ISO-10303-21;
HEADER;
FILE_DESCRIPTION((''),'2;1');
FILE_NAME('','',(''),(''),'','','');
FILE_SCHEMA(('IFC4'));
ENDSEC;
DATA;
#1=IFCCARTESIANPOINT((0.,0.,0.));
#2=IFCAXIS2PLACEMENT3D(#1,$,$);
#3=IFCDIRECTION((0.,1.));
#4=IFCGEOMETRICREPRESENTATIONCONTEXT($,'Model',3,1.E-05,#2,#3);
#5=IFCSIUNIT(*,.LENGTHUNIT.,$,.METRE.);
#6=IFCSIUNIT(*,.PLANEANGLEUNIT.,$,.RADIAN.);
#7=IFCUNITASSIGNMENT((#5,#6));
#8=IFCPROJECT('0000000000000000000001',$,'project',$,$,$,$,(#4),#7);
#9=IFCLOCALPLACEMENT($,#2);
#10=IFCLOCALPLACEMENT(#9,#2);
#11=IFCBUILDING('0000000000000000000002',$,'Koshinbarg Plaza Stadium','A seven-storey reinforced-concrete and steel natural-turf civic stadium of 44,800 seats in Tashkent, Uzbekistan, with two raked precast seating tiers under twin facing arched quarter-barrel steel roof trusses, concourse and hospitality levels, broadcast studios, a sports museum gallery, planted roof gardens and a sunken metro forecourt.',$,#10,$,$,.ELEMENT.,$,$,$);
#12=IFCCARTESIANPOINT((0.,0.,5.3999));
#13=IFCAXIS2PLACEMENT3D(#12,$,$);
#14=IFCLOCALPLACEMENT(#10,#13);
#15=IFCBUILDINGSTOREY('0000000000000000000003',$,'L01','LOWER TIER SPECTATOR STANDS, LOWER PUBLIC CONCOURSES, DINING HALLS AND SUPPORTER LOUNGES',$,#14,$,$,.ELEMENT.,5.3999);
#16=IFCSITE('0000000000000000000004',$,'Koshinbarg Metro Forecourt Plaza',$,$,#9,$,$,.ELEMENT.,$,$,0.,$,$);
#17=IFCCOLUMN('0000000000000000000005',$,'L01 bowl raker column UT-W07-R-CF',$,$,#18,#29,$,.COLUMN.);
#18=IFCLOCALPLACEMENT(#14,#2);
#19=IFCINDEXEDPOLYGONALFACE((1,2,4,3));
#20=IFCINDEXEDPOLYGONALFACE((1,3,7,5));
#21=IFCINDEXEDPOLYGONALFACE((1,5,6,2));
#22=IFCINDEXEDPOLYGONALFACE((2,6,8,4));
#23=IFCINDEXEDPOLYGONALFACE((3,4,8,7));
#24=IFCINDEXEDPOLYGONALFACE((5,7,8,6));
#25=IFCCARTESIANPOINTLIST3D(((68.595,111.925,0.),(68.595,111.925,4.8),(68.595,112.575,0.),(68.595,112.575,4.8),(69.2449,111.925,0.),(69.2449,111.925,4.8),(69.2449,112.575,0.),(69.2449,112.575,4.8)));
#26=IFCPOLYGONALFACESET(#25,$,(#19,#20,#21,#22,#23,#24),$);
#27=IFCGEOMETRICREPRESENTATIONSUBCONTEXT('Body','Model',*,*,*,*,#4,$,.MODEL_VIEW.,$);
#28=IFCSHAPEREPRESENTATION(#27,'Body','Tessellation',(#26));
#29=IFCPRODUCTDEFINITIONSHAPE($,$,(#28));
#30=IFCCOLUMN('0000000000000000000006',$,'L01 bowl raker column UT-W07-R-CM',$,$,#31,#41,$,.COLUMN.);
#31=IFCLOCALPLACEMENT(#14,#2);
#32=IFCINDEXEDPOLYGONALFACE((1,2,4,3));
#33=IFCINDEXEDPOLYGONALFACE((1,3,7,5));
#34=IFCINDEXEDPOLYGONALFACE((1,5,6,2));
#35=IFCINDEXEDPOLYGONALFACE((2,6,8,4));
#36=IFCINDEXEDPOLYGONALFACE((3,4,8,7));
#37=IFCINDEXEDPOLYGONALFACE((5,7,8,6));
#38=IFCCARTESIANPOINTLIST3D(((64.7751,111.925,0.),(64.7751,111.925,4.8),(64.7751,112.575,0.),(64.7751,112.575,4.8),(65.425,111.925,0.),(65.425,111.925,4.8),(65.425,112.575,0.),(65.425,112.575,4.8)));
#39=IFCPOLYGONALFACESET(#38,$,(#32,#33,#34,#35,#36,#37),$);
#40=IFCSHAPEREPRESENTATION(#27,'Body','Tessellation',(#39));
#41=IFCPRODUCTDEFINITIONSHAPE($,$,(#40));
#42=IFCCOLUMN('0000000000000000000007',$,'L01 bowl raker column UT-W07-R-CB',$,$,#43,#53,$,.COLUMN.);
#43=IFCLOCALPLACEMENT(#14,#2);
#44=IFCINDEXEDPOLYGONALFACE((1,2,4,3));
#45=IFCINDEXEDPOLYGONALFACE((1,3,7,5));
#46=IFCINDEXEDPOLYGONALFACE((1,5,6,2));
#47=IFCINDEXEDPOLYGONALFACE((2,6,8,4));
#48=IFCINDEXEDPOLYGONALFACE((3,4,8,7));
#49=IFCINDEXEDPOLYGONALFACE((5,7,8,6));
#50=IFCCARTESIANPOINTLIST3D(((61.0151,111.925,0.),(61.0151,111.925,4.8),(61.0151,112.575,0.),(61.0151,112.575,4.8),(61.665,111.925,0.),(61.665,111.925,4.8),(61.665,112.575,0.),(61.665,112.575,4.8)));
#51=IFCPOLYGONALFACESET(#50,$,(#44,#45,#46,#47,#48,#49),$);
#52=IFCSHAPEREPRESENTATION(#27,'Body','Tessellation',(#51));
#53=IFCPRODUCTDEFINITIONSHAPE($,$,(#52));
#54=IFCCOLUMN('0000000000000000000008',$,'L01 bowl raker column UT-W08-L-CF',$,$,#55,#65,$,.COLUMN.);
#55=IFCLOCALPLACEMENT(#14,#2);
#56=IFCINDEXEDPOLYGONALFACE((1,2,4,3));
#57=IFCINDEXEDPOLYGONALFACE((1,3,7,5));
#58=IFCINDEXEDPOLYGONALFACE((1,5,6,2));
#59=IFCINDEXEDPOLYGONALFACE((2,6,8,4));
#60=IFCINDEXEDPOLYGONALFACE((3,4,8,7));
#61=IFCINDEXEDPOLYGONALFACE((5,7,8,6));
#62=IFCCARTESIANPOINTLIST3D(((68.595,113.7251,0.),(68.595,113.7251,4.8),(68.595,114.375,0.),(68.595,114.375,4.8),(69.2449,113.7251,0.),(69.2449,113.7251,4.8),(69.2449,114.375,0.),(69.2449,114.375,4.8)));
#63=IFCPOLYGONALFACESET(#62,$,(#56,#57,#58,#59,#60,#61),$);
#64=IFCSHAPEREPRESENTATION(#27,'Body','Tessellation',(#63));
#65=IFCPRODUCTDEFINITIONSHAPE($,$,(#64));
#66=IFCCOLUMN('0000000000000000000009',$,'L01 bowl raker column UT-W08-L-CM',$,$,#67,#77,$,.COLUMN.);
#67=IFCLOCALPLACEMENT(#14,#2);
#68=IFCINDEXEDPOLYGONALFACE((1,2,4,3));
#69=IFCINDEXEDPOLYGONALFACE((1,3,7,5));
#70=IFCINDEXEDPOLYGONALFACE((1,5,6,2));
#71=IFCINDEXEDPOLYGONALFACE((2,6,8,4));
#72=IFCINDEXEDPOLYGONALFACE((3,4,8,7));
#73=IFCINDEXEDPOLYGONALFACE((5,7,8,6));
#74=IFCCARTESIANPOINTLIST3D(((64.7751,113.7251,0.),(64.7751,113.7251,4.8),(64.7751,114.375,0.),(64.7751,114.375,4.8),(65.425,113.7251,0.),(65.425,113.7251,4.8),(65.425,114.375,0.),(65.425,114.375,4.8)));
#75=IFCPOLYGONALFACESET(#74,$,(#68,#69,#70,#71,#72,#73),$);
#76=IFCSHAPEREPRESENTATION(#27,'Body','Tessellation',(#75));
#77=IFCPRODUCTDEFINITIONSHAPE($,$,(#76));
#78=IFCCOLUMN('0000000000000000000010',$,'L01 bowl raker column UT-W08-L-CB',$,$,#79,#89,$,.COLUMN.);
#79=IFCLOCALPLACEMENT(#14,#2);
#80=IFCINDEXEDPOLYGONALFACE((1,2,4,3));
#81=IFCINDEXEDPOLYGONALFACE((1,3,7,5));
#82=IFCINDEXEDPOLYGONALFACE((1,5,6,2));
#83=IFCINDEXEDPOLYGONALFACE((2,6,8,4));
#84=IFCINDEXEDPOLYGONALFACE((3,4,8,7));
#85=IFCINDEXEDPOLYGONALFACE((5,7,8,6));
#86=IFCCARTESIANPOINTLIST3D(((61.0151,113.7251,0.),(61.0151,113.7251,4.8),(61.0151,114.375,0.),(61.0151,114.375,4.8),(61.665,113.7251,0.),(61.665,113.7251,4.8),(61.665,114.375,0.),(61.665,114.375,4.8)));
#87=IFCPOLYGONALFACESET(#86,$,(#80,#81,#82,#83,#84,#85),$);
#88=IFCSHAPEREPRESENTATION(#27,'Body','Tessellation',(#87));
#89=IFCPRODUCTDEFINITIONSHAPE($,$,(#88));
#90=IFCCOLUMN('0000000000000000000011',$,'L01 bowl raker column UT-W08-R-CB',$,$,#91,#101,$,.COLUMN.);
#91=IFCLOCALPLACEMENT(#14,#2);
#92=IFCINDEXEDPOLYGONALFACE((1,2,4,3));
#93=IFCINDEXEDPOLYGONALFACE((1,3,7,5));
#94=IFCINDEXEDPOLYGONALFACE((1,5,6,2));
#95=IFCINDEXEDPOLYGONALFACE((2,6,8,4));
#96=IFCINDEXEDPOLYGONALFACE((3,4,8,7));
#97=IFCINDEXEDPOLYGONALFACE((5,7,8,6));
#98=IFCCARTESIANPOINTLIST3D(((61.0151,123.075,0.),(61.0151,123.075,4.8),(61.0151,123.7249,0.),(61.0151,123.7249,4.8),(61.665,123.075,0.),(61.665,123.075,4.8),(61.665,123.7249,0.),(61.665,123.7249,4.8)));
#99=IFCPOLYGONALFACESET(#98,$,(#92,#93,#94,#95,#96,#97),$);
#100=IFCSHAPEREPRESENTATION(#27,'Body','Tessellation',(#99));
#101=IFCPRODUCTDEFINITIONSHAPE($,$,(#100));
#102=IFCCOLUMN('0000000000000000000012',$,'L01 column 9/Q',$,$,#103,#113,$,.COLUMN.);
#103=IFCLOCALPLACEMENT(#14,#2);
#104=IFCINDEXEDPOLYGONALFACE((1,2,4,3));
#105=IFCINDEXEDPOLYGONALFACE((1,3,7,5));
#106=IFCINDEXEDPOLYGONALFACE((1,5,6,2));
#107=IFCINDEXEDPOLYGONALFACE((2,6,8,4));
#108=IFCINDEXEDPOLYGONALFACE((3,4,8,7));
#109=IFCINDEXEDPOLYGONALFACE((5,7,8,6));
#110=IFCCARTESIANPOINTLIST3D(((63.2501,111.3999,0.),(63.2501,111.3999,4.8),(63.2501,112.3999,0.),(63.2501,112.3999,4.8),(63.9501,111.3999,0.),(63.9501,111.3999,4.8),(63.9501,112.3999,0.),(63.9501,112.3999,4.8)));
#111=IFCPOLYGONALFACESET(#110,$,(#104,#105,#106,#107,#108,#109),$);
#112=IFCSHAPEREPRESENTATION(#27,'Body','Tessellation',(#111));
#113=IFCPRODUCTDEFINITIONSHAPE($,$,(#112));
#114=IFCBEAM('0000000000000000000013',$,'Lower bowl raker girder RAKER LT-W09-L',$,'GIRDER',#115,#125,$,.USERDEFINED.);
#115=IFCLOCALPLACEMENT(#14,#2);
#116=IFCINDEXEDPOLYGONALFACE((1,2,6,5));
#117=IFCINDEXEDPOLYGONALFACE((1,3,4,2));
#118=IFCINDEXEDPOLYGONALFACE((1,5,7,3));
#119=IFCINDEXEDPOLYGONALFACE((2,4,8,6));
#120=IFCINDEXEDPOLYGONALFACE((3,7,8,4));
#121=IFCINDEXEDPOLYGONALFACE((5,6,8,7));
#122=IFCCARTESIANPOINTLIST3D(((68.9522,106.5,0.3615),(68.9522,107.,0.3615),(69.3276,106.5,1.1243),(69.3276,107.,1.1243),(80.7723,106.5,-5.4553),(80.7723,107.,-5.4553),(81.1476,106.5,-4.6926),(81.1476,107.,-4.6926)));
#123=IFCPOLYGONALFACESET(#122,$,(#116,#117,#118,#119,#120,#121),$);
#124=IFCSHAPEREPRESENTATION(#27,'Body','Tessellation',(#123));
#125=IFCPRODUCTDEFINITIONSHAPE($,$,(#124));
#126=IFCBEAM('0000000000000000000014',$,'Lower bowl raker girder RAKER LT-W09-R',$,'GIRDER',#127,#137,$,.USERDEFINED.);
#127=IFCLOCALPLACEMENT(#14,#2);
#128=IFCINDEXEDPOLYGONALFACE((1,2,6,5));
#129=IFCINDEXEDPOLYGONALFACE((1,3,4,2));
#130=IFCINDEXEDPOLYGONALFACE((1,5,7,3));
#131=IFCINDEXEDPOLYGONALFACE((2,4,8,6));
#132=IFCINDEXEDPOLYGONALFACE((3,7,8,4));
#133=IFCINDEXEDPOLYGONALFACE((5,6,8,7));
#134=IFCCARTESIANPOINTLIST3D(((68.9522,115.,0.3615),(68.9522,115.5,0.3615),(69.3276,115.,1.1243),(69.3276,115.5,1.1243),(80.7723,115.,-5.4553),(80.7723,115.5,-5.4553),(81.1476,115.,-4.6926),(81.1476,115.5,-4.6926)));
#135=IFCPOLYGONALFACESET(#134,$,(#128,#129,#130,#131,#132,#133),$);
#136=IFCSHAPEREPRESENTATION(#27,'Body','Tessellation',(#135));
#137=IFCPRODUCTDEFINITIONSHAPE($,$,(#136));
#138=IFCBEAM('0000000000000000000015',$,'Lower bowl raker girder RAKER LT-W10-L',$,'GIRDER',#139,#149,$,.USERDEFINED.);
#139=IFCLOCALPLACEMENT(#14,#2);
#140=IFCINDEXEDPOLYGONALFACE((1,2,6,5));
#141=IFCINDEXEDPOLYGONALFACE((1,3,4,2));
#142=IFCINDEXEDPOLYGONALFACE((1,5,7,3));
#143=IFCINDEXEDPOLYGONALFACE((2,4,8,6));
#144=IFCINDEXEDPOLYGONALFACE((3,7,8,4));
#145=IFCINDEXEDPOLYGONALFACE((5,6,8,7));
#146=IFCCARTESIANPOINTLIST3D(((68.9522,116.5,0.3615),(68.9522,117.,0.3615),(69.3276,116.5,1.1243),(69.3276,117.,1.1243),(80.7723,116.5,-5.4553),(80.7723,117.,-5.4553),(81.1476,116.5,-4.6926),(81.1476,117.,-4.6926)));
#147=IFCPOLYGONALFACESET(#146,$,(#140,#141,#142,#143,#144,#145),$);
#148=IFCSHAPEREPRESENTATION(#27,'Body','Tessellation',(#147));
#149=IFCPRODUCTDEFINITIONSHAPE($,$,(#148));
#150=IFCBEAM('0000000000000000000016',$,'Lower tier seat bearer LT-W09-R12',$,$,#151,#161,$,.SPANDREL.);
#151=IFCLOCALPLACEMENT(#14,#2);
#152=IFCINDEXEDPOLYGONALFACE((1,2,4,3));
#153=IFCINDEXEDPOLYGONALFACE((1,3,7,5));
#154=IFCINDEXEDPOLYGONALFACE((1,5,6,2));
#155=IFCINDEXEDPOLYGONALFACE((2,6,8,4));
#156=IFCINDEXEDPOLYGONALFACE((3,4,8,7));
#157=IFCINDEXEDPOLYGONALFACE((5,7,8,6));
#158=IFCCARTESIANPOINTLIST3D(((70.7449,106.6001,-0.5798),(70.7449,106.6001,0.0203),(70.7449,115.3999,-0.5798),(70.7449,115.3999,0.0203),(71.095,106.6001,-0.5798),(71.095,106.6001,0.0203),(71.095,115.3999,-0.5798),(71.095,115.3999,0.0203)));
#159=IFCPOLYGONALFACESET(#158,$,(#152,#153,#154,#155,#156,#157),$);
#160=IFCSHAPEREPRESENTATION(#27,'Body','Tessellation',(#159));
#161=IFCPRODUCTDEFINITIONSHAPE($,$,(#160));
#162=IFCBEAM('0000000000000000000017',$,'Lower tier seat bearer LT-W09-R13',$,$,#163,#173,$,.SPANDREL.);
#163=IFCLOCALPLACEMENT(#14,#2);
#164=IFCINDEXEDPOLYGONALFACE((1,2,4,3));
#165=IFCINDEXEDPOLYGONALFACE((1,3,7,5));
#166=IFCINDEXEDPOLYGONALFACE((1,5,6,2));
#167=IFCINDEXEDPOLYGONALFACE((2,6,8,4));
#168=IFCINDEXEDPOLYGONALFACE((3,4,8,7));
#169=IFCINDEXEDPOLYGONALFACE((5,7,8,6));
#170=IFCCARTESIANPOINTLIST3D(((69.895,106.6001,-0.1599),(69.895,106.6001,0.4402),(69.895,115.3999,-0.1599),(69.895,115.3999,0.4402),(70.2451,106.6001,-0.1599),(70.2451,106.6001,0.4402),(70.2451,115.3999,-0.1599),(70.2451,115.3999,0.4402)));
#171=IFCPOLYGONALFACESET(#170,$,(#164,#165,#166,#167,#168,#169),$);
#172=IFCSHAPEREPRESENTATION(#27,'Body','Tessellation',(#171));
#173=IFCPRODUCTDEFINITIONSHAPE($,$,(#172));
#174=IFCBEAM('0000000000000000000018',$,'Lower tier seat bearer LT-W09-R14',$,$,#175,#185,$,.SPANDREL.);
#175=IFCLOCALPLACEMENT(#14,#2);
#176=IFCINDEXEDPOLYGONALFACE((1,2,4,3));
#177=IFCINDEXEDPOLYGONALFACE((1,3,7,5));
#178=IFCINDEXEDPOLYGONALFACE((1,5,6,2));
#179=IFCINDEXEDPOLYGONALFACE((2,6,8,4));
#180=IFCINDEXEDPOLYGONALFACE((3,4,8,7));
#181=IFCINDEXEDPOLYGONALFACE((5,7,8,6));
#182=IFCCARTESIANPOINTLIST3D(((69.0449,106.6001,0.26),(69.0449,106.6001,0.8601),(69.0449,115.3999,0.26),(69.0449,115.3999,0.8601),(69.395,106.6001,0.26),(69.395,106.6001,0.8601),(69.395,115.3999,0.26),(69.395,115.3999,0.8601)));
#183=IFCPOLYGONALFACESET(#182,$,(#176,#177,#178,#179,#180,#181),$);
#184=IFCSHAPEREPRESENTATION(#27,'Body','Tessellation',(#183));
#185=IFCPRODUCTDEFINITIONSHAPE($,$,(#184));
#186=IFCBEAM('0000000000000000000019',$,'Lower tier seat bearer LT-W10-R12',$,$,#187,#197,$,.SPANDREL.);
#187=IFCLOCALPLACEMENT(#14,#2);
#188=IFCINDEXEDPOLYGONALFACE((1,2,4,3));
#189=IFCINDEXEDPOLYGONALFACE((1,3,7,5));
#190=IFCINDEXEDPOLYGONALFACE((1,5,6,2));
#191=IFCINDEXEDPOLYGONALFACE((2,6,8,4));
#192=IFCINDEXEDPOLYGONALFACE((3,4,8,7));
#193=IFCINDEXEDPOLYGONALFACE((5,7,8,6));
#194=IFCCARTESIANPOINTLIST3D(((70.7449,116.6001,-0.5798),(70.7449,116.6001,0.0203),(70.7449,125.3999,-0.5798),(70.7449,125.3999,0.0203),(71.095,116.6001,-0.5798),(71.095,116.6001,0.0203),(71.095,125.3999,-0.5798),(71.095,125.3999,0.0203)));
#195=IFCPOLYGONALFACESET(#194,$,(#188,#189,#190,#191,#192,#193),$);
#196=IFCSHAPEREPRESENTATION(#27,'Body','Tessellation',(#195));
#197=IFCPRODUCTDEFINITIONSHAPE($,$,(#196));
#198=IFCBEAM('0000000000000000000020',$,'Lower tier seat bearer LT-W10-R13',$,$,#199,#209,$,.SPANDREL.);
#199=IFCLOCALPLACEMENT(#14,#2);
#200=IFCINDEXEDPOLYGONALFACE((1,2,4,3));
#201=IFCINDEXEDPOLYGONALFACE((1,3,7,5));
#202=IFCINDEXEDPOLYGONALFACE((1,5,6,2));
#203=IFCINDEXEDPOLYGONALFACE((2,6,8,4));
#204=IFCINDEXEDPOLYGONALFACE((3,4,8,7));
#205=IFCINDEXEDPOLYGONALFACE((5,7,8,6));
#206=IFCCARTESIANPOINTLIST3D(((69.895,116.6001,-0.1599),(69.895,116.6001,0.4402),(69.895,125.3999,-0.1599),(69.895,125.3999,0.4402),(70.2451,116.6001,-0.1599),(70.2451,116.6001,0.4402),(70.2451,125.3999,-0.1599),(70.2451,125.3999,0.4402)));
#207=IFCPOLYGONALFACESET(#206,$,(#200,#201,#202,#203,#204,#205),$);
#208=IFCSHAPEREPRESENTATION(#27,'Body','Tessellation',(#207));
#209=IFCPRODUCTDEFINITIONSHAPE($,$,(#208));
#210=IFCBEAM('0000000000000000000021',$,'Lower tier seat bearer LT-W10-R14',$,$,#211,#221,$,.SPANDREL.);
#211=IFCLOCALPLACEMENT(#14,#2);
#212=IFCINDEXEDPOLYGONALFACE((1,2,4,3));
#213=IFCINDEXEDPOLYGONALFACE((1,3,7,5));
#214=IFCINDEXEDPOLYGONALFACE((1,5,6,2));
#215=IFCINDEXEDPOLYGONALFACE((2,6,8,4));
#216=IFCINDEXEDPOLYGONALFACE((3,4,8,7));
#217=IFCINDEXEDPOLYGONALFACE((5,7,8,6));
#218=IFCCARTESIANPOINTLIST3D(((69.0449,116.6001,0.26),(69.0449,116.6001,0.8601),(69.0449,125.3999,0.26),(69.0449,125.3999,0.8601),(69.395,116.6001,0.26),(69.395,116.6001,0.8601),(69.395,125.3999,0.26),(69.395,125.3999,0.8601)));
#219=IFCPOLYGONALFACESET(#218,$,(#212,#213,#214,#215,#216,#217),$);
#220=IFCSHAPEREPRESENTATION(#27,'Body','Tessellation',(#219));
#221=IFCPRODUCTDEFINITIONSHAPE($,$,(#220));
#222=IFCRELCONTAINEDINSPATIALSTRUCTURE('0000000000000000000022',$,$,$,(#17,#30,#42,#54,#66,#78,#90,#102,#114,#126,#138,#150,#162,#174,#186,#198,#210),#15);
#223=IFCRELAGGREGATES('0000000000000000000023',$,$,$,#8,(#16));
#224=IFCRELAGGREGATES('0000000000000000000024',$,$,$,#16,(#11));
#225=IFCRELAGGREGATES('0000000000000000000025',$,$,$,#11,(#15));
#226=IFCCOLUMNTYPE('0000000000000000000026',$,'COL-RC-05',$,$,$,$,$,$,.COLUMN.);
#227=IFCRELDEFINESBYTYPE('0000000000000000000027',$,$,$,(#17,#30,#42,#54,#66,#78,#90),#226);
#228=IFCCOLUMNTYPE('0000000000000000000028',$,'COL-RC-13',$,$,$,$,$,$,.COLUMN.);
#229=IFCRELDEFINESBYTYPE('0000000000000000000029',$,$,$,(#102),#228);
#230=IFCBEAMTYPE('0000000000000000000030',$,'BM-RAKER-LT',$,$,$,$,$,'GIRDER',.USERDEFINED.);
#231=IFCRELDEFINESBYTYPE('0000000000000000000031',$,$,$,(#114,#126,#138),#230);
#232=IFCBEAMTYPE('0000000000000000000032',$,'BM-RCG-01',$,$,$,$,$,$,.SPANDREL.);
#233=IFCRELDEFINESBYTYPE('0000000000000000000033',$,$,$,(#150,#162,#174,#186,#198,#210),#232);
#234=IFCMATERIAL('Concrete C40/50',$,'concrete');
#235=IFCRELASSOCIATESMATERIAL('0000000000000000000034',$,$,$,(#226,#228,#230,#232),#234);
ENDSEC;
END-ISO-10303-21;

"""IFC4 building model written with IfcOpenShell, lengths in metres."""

from ifc_helpers import new_model, si_unit, direction, frame, origin, origin_2d, place, context, subcontext, project, spatial, rectangle, extrude, material, material_profile, profile_set, type_object, element, save


model = new_model("IFC4")

# Units and contexts
model_context = context("Model", 3, precision=1e-05, world=origin(), true_north=direction((0.0, 1.0)))
body_context = subcontext(model_context, "Body", "Model", "MODEL_VIEW")
ifc_project = project(units=[si_unit("LENGTHUNIT", "METRE"), si_unit("PLANEANGLEUNIT", "RADIAN")], contexts=[model_context])

# Site, building, storey
site_placement = place(None, origin())
site = spatial("IfcSite", under=ifc_project, at=site_placement, Name="Koshinbarg Metro Forecourt Plaza", CompositionType="ELEMENT", RefElevation=0.0)
building_placement = place(site_placement, origin())
building = spatial("IfcBuilding", under=site, at=building_placement, Name="Koshinbarg Plaza Stadium", Description="A seven-storey reinforced-concrete and steel natural-turf civic stadium of 44,800 seats in Tashkent, Uzbekistan, with two raked precast seating tiers under twin facing arched quarter-barrel steel roof trusses, concourse and hospitality levels, broadcast studios, a sports museum gallery, planted roof gardens and a sunken metro forecourt.", CompositionType="ELEMENT")
storey_placement = place(building_placement, frame((0.0, 0.0, 5.3999)))
storey = spatial("IfcBuildingStorey", under=building, at=storey_placement, Name="L01", Description="LOWER TIER SPECTATOR STANDS, LOWER PUBLIC CONCOURSES, DINING HALLS AND SUPPORTER LOUNGES", CompositionType="ELEMENT", Elevation=5.3999)

# Columns
ifc_material_1 = material(Name="Concrete C40/50", Category="concrete")
ifc_material_profile_1 = material_profile(ifc_material_1, rectangle(XDim=0.6499, YDim=0.6499, at=origin_2d()), Name="RC 650x650")
ifc_profile_set_1 = profile_set([ifc_material_profile_1], Name="Concrete C40/50")
column_type_1 = type_object("IfcColumnType", Name="COL-RC-05", PredefinedType="COLUMN", material=ifc_profile_set_1)
for number, where, z_axis, x_axis, name in (
    (1, (68.9199, 112.25, 0.0), (0.0, 0.0, 1.0), (1.0, 0.0, 0.0), "L01 bowl raker column UT-W07-R-CF"),
    (2, (65.1001, 112.25, 0.0), (0.0, 0.0, 1.0), (1.0, 0.0, 0.0), "L01 bowl raker column UT-W07-R-CM"),
    (3, (61.3401, 112.25, 0.0), (0.0, 0.0, 1.0), (1.0, 0.0, 0.0), "L01 bowl raker column UT-W07-R-CB"),
    (4, (68.9199, 114.05, 0.0), (0.0, 0.0, 1.0), (1.0, 0.0, 0.0), "L01 bowl raker column UT-W08-L-CF"),
    (5, (65.1001, 114.05, 0.0), (0.0, 0.0, 1.0), (1.0, 0.0, 0.0), "L01 bowl raker column UT-W08-L-CM"),
    (6, (61.3401, 114.05, 0.0), (0.0, 0.0, 1.0), (1.0, 0.0, 0.0), "L01 bowl raker column UT-W08-L-CB"),
    (7, (61.3401, 123.3999, 0.0), (0.0, 0.0, 1.0), (1.0, 0.0, 0.0), "L01 bowl raker column UT-W08-R-CB"),
):
    element("IfcColumn", number, at=place(storey_placement, frame(where, z_axis=z_axis, x_axis=x_axis)), inside=storey, type_object=column_type_1, Name=name, PredefinedType="COLUMN", context=body_context, shape_type="SweptSolid", body=[
        extrude(rectangle(XDim=0.6499, YDim=0.6499, at=origin_2d()), origin(), (0.0, 0.0, 1.0), 4.8),
    ])
ifc_material_profile_2 = material_profile(ifc_material_1, rectangle(XDim=0.7, YDim=1.0, at=origin_2d()), Name="RC 700x1000")
ifc_profile_set_2 = profile_set([ifc_material_profile_2], Name="Concrete C40/50")
column_type_2 = type_object("IfcColumnType", Name="COL-RC-13", PredefinedType="COLUMN", material=ifc_profile_set_2)
column_placement = place(storey_placement, frame((63.6001, 111.8999, 0.0), z_axis=(0.0, 0.0, 1.0), x_axis=(1.0, 0.0, 0.0)))
element("IfcColumn", 8, at=column_placement, inside=storey, type_object=column_type_2, Name="L01 column 9/Q", PredefinedType="COLUMN", context=body_context, shape_type="SweptSolid", body=[
    extrude(rectangle(XDim=0.7, YDim=1.0, at=origin_2d()), origin(), (0.0, 0.0, 1.0), 4.8),
])

# Beams
ifc_material_profile_3 = material_profile(ifc_material_1, rectangle(XDim=0.5, YDim=0.8501, at=origin_2d()), Name="RC 500x850")
ifc_profile_set_3 = profile_set([ifc_material_profile_3], Name="Concrete C40/50")
beam_type_1 = type_object("IfcBeamType", Name="BM-RAKER-LT", ElementType="GIRDER", PredefinedType="USERDEFINED", material=ifc_profile_set_3)
for number, where, z_axis, x_axis, name in (
    (9, (80.96, 106.75, -5.074), (-0.897237, 0.0, 0.441549), (0.0, -1.0, 0.0), "Lower bowl raker girder RAKER LT-W09-L"),
    (10, (80.96, 115.25, -5.074), (-0.897237, 0.0, 0.441549), (0.0, -1.0, 0.0), "Lower bowl raker girder RAKER LT-W09-R"),
    (11, (80.96, 116.75, -5.074), (-0.897237, 0.0, 0.441549), (0.0, -1.0, 0.0), "Lower bowl raker girder RAKER LT-W10-L"),
):
    element("IfcBeam", number, at=place(storey_placement, frame(where, z_axis=z_axis, x_axis=x_axis)), inside=storey, type_object=beam_type_1, Name=name, ObjectType="GIRDER", PredefinedType="USERDEFINED", context=body_context, shape_type="SweptSolid", body=[
        extrude(rectangle(XDim=0.5, YDim=0.8501, at=origin_2d()), origin(), (0.0, 0.0, 1.0), 13.1738),
    ])
ifc_material_profile_4 = material_profile(ifc_material_1, rectangle(XDim=0.3501, YDim=0.6001, at=origin_2d()), Name="RC 350x600")
ifc_profile_set_4 = profile_set([ifc_material_profile_4], Name="Concrete C40/50")
beam_type_2 = type_object("IfcBeamType", Name="BM-RCG-01", PredefinedType="SPANDREL", material=ifc_profile_set_4)
for number, where, z_axis, x_axis, name in (
    (12, (70.9199, 106.6001, -0.2798), (0.0, 1.0, 0.0), (-1.0, 0.0, 0.0), "Lower tier seat bearer LT-W09-R12"),
    (13, (70.0701, 106.6001, 0.1401), (0.0, 1.0, 0.0), (-1.0, 0.0, 0.0), "Lower tier seat bearer LT-W09-R13"),
    (14, (69.22, 106.6001, 0.5601), (0.0, 1.0, 0.0), (-1.0, 0.0, 0.0), "Lower tier seat bearer LT-W09-R14"),
    (15, (70.9199, 116.6001, -0.2798), (0.0, 1.0, 0.0), (-1.0, 0.0, 0.0), "Lower tier seat bearer LT-W10-R12"),
    (16, (70.0701, 116.6001, 0.1401), (0.0, 1.0, 0.0), (-1.0, 0.0, 0.0), "Lower tier seat bearer LT-W10-R13"),
    (17, (69.22, 116.6001, 0.5601), (0.0, 1.0, 0.0), (-1.0, 0.0, 0.0), "Lower tier seat bearer LT-W10-R14"),
):
    element("IfcBeam", number, at=place(storey_placement, frame(where, z_axis=z_axis, x_axis=x_axis)), inside=storey, type_object=beam_type_2, Name=name, PredefinedType="SPANDREL", context=body_context, shape_type="SweptSolid", body=[
        extrude(rectangle(XDim=0.3501, YDim=0.6001, at=origin_2d()), origin(), (0.0, 0.0, 1.0), 8.7998),
    ])

save(model, "model.ifc")
